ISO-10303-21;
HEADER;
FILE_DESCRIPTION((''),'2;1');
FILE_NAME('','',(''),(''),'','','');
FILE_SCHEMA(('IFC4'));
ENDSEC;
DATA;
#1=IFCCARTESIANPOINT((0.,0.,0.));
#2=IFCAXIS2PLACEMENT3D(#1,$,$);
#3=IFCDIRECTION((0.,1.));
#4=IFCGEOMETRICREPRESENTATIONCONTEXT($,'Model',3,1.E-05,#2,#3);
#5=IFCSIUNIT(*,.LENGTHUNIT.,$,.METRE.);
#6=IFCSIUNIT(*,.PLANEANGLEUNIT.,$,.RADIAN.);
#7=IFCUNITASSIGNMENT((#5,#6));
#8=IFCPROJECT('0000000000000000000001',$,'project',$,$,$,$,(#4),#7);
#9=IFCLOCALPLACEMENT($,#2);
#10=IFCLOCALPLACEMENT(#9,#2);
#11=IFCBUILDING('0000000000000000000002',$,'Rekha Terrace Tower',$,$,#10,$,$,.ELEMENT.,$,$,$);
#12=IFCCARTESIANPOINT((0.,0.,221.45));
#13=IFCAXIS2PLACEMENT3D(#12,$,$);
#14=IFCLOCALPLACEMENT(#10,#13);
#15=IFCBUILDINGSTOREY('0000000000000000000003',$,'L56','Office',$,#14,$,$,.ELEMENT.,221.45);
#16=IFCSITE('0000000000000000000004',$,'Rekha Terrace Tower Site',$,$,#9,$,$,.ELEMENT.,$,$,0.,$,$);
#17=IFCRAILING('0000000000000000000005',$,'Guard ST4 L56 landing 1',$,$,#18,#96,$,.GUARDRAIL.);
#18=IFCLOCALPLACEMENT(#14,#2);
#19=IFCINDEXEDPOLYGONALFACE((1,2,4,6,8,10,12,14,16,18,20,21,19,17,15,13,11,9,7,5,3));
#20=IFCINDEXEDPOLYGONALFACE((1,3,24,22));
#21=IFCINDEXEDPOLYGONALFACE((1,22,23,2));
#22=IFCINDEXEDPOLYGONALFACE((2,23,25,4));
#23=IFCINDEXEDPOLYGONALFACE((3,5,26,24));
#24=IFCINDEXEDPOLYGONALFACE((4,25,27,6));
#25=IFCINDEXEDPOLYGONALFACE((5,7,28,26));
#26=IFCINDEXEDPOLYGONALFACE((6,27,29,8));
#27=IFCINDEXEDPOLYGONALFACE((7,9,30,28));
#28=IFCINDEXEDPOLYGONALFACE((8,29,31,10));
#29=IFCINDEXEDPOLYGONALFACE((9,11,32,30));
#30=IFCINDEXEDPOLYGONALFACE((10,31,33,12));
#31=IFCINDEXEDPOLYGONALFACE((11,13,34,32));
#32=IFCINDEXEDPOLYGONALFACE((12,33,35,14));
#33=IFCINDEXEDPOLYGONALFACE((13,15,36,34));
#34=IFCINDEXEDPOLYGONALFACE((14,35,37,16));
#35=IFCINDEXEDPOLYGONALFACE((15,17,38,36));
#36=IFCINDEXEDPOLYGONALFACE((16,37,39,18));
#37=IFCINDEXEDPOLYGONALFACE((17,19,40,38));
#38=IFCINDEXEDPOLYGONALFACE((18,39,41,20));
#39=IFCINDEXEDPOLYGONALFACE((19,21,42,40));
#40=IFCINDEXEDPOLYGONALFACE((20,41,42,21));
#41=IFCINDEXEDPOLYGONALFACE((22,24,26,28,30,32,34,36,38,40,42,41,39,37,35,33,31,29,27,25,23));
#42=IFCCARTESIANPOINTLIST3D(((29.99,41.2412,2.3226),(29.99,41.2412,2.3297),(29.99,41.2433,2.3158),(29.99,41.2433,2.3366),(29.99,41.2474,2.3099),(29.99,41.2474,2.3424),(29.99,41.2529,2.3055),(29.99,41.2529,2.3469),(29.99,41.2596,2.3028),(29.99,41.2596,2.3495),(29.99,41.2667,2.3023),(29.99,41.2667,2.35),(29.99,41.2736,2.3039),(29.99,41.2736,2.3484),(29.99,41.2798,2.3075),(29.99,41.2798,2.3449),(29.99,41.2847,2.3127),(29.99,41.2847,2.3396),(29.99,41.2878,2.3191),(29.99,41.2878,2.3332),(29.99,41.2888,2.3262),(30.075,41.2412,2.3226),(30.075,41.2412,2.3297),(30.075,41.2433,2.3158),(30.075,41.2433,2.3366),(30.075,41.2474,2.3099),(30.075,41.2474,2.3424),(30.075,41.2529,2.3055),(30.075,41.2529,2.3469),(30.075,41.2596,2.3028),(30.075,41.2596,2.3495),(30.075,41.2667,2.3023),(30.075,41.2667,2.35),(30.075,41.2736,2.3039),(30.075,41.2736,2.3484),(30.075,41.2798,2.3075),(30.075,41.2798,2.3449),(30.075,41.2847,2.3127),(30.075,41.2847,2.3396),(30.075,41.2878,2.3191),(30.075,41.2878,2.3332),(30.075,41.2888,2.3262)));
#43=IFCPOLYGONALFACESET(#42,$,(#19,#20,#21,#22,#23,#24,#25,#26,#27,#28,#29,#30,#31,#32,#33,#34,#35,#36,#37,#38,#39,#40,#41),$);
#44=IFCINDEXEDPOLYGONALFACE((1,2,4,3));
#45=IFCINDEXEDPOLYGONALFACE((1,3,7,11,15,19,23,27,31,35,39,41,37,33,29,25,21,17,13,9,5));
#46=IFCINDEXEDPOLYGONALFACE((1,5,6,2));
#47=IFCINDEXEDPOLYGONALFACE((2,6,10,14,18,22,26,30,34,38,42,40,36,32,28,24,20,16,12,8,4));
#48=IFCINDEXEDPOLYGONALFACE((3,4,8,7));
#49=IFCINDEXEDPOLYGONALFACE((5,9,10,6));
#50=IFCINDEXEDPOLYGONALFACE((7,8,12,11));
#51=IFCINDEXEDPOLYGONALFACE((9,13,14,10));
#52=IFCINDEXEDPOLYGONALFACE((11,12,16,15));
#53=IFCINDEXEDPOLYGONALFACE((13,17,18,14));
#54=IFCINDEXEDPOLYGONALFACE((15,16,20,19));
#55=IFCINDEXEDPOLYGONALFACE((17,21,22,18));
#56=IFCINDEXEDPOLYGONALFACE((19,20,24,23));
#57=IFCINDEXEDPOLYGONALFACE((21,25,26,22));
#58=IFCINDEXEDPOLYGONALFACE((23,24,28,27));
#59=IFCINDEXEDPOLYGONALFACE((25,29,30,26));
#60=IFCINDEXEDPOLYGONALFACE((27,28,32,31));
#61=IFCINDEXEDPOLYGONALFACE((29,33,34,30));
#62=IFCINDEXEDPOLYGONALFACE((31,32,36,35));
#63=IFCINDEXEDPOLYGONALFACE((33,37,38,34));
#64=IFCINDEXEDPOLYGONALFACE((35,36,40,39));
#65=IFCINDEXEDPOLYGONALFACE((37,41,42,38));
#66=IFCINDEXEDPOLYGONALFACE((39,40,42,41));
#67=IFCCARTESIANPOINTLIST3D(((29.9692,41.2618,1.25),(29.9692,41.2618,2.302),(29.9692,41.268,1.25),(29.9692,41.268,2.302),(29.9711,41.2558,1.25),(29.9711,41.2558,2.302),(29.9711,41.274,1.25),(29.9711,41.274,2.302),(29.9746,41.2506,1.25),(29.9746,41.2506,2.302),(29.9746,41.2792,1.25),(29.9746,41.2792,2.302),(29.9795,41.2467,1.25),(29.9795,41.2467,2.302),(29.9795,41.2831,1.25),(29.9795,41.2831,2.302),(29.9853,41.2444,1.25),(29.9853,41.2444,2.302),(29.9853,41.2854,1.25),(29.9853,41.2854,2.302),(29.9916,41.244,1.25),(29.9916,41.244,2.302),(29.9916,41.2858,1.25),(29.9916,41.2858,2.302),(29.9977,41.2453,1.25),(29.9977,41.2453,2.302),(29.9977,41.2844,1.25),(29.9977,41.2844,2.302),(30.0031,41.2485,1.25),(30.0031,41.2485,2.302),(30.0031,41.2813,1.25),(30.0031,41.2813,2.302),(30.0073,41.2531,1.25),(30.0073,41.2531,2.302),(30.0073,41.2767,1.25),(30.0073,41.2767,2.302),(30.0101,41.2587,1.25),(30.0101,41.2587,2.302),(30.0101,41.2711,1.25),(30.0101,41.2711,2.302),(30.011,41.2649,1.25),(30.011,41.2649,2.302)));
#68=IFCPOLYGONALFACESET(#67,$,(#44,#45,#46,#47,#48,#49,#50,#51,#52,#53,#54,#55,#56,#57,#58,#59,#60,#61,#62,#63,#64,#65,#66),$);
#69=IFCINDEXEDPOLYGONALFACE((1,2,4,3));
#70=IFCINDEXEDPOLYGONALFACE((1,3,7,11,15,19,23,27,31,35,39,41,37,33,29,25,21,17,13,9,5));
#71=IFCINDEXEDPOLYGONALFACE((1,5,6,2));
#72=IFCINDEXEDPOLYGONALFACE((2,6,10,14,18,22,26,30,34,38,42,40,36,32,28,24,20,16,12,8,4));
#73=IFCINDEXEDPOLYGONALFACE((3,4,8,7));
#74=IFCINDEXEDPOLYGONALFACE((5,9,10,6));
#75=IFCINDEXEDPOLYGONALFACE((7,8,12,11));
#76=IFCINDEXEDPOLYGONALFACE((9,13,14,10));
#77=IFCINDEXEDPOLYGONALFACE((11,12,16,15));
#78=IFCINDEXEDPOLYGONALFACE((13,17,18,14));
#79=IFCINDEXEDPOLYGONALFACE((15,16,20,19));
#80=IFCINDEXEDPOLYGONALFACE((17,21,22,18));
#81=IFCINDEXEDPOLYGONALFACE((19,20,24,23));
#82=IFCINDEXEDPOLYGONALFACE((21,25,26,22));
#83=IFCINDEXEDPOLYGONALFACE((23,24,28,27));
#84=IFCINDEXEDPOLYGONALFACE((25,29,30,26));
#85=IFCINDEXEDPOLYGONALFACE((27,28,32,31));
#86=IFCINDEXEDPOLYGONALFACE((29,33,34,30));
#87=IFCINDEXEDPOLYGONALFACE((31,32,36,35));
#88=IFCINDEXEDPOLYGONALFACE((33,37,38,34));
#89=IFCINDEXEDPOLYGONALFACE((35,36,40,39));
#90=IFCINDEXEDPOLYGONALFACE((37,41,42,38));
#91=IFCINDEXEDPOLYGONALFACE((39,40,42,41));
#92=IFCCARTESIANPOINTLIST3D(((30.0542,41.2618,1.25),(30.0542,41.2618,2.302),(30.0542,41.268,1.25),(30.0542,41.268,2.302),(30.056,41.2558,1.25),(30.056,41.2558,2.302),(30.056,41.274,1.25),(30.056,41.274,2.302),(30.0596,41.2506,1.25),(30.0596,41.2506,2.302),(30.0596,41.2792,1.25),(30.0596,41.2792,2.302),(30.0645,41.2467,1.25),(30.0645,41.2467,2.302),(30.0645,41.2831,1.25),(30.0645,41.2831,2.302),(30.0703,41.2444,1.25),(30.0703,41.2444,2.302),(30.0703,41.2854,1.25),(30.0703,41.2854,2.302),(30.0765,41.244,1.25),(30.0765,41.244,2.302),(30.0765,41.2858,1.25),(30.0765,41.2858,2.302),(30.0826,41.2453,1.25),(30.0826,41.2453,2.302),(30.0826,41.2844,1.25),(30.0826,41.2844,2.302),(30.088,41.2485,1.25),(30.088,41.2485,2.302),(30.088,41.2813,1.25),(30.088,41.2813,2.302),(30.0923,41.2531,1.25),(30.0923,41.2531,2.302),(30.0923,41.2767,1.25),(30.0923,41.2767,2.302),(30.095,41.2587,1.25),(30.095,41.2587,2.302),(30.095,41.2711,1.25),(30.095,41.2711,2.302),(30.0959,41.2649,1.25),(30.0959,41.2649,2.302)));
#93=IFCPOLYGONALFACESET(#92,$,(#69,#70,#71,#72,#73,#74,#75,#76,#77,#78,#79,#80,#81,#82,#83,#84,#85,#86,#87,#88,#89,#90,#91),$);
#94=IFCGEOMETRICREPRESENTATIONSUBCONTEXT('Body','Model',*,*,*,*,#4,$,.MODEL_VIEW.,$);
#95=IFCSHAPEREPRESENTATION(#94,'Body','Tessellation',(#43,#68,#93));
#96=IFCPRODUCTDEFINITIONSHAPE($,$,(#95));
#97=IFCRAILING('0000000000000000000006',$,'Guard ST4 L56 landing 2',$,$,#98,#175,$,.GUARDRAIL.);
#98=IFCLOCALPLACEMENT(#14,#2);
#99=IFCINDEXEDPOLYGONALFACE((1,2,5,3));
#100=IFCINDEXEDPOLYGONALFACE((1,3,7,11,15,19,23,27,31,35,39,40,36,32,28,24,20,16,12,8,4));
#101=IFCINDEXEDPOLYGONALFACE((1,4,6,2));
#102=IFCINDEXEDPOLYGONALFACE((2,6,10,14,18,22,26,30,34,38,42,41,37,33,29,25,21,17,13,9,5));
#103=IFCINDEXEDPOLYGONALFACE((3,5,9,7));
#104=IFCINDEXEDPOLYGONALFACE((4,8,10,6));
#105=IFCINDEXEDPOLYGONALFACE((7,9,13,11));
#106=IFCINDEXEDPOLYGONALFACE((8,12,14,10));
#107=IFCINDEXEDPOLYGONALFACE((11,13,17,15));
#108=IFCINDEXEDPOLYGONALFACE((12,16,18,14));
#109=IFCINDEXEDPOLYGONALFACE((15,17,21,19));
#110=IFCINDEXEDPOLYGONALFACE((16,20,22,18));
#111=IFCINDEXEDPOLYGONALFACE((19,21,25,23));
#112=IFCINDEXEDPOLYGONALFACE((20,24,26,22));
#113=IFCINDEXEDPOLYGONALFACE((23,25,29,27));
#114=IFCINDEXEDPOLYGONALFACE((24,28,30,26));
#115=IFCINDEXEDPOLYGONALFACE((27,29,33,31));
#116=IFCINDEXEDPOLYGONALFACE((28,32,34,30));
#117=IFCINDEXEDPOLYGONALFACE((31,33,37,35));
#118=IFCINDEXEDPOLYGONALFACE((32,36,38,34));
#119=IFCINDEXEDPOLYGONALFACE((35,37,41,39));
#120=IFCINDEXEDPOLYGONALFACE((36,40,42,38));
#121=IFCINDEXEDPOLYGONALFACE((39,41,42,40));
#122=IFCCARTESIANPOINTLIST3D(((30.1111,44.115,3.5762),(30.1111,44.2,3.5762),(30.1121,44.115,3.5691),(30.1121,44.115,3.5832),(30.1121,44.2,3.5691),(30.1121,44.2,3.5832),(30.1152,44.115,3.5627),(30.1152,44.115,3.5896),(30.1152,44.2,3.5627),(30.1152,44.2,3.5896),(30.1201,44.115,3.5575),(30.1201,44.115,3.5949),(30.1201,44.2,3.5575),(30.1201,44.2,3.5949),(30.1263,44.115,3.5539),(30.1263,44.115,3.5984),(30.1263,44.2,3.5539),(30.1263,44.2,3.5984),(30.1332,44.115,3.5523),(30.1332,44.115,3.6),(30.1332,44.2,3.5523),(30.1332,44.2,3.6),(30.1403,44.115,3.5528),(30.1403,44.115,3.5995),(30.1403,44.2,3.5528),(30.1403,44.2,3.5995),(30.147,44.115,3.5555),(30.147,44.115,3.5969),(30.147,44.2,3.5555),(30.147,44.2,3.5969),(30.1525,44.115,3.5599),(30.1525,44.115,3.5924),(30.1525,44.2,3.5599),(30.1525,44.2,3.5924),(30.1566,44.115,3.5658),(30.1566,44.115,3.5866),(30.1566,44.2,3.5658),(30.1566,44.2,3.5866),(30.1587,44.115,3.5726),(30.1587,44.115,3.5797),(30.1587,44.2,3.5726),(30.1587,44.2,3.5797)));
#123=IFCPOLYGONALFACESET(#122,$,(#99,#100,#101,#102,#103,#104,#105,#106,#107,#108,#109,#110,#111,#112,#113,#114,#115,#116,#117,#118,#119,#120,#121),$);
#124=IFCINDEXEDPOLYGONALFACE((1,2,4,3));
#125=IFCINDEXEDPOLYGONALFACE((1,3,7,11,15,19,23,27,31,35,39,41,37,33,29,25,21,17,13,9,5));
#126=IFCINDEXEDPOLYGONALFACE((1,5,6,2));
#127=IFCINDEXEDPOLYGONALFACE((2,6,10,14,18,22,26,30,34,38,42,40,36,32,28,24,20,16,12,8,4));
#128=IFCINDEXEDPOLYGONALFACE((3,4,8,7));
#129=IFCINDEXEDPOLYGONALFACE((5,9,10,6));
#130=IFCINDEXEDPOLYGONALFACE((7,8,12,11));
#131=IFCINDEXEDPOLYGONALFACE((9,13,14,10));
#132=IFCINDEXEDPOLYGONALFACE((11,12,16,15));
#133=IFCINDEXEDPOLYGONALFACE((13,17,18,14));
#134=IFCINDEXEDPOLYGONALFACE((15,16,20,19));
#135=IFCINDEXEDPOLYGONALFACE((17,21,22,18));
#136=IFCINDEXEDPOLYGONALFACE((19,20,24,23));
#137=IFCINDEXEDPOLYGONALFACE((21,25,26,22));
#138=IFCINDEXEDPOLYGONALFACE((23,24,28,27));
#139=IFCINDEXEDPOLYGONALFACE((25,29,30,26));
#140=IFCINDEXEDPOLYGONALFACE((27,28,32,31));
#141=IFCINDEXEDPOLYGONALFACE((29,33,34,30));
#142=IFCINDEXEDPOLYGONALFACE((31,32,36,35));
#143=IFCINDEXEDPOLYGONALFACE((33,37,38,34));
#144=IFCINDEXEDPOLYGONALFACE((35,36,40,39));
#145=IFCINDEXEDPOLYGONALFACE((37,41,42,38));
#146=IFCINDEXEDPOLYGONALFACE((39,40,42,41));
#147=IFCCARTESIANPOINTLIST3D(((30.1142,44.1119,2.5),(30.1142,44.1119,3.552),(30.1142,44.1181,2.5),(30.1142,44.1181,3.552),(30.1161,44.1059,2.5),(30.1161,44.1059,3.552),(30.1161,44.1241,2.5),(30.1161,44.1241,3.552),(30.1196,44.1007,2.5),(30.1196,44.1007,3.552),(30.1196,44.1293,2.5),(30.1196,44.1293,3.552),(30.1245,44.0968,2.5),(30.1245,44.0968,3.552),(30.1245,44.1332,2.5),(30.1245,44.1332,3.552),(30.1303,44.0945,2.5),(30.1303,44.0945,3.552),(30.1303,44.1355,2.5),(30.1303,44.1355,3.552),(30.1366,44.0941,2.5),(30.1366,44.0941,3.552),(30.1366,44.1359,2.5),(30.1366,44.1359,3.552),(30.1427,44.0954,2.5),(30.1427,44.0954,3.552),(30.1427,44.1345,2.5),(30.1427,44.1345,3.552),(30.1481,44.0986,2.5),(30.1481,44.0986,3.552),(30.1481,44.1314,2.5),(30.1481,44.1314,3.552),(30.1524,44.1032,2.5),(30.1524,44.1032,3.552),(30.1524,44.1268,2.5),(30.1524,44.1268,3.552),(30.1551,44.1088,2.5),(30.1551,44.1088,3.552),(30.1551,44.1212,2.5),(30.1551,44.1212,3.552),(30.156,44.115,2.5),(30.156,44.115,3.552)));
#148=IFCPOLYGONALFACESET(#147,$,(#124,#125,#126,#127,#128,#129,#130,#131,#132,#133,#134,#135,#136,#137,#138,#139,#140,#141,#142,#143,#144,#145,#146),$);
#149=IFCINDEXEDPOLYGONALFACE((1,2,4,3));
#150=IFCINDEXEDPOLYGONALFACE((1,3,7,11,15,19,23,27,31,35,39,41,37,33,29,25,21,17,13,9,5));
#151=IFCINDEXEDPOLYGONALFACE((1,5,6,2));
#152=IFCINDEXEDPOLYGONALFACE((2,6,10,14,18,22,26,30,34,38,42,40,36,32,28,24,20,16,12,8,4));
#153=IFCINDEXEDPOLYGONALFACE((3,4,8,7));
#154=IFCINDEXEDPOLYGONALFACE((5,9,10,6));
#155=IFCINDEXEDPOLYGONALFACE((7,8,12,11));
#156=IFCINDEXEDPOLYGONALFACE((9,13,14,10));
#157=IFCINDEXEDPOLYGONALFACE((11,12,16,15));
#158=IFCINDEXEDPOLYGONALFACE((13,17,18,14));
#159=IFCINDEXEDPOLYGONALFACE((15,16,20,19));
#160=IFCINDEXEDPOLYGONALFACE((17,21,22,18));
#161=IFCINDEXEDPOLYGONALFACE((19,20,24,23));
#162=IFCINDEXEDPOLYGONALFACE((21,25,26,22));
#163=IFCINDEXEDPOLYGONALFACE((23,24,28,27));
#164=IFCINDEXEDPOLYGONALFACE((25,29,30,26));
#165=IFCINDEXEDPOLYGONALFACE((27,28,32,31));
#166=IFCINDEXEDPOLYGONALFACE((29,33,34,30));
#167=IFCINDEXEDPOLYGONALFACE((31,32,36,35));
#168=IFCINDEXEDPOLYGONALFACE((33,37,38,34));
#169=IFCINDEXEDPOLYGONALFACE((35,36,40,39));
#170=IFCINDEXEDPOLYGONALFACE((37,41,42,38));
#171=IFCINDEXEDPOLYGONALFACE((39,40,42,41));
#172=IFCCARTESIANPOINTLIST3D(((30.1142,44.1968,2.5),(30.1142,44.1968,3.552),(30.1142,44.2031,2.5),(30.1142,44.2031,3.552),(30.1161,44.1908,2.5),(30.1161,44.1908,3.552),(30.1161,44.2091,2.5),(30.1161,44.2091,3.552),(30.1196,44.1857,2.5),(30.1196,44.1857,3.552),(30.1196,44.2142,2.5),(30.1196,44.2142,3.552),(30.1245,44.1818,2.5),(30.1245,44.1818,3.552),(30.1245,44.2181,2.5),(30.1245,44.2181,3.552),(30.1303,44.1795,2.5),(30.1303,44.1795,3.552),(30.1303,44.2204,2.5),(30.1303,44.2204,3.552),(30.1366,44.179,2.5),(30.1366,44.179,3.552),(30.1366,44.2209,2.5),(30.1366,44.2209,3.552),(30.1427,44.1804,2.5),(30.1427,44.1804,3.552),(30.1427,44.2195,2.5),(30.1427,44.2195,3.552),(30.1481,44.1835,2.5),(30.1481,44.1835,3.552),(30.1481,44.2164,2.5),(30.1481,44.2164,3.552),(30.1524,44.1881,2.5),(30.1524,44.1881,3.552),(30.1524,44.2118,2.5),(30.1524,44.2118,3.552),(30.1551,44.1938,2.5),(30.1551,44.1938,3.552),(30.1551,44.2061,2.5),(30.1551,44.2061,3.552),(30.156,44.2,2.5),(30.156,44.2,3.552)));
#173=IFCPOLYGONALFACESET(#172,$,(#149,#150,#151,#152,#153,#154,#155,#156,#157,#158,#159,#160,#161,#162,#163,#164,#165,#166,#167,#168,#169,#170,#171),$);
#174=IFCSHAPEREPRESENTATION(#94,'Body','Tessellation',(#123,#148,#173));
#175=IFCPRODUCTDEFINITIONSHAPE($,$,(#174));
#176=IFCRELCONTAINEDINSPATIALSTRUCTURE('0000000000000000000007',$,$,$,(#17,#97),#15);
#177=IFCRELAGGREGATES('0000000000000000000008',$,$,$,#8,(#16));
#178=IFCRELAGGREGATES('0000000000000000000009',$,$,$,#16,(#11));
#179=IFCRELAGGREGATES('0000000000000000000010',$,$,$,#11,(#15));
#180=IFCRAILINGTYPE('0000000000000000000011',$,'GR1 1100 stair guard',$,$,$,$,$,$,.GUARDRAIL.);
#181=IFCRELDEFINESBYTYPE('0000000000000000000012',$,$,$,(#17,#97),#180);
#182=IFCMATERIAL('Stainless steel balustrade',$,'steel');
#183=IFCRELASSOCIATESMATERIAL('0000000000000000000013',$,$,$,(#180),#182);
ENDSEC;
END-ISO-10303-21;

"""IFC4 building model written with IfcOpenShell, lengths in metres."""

from ifc_helpers import new_model, si_unit, direction, frame, origin, origin_2d, place, context, subcontext, project, spatial, circle, extrude, material, type_object, element, save


model = new_model("IFC4")

# Units and contexts
model_context = context("Model", 3, precision=1e-05, world=origin(), true_north=direction((0.0, 1.0)))
body_context = subcontext(model_context, "Body", "Model", "MODEL_VIEW")
ifc_project = project(units=[si_unit("LENGTHUNIT", "METRE"), si_unit("PLANEANGLEUNIT", "RADIAN")], contexts=[model_context])

# Site, building, storey
site_placement = place(None, origin())
site = spatial("IfcSite", under=ifc_project, at=site_placement, Name="Rekha Terrace Tower Site", CompositionType="ELEMENT", RefElevation=0.0)
building_placement = place(site_placement, origin())
building = spatial("IfcBuilding", under=site, at=building_placement, Name="Rekha Terrace Tower", CompositionType="ELEMENT")
storey_placement = place(building_placement, frame((0.0, 0.0, 221.45)))
storey = spatial("IfcBuildingStorey", under=building, at=storey_placement, Name="L56", Description="Office", CompositionType="ELEMENT", Elevation=221.45)

# Railings
ifc_material_1 = material(Name="Stainless steel balustrade", Category="steel")
railing_type_1 = type_object("IfcRailingType", Name="GR1 1100 stair guard", PredefinedType="GUARDRAIL", material=ifc_material_1)
railing_1_placement = place(storey_placement, frame((29.99, 41.2649, 1.25)))
element("IfcRailing", 1, at=railing_1_placement, inside=storey, type_object=railing_type_1, Name="Guard ST4 L56 landing 1", PredefinedType="GUARDRAIL", context=body_context, shape_type="SweptSolid", body=[
    extrude(circle(Radius=0.0239, at=origin_2d()), frame((0.0, 0.0, 1.0762), z_axis=(1.0, 0.0, 0.0), x_axis=(0.0, 1.0, 0.0)), (0.0, 0.0, 1.0), 0.085),
    extrude(circle(Radius=0.021, at=origin_2d()), origin(), (0.0, 0.0, 1.0), 1.052),
    extrude(circle(Radius=0.021, at=origin_2d()), frame((0.085, 0.0, 0.0)), (0.0, 0.0, 1.0), 1.052),
])
railing_2_placement = place(storey_placement, frame((30.135, 44.115, 2.5)))
element("IfcRailing", 2, at=railing_2_placement, inside=storey, type_object=railing_type_1, Name="Guard ST4 L56 landing 2", PredefinedType="GUARDRAIL", context=body_context, shape_type="SweptSolid", body=[
    extrude(circle(Radius=0.0239, at=origin_2d()), frame((0.0, 0.0, 1.0762), z_axis=(0.0, 1.0, 0.0), x_axis=(-1.0, 0.0, 0.0)), (0.0, 0.0, 1.0), 0.085),
    extrude(circle(Radius=0.021, at=origin_2d()), origin(), (0.0, 0.0, 1.0), 1.052),
    extrude(circle(Radius=0.021, at=origin_2d()), frame((0.0, 0.085, 0.0)), (0.0, 0.0, 1.0), 1.052),
])

save(model, "model.ifc")
